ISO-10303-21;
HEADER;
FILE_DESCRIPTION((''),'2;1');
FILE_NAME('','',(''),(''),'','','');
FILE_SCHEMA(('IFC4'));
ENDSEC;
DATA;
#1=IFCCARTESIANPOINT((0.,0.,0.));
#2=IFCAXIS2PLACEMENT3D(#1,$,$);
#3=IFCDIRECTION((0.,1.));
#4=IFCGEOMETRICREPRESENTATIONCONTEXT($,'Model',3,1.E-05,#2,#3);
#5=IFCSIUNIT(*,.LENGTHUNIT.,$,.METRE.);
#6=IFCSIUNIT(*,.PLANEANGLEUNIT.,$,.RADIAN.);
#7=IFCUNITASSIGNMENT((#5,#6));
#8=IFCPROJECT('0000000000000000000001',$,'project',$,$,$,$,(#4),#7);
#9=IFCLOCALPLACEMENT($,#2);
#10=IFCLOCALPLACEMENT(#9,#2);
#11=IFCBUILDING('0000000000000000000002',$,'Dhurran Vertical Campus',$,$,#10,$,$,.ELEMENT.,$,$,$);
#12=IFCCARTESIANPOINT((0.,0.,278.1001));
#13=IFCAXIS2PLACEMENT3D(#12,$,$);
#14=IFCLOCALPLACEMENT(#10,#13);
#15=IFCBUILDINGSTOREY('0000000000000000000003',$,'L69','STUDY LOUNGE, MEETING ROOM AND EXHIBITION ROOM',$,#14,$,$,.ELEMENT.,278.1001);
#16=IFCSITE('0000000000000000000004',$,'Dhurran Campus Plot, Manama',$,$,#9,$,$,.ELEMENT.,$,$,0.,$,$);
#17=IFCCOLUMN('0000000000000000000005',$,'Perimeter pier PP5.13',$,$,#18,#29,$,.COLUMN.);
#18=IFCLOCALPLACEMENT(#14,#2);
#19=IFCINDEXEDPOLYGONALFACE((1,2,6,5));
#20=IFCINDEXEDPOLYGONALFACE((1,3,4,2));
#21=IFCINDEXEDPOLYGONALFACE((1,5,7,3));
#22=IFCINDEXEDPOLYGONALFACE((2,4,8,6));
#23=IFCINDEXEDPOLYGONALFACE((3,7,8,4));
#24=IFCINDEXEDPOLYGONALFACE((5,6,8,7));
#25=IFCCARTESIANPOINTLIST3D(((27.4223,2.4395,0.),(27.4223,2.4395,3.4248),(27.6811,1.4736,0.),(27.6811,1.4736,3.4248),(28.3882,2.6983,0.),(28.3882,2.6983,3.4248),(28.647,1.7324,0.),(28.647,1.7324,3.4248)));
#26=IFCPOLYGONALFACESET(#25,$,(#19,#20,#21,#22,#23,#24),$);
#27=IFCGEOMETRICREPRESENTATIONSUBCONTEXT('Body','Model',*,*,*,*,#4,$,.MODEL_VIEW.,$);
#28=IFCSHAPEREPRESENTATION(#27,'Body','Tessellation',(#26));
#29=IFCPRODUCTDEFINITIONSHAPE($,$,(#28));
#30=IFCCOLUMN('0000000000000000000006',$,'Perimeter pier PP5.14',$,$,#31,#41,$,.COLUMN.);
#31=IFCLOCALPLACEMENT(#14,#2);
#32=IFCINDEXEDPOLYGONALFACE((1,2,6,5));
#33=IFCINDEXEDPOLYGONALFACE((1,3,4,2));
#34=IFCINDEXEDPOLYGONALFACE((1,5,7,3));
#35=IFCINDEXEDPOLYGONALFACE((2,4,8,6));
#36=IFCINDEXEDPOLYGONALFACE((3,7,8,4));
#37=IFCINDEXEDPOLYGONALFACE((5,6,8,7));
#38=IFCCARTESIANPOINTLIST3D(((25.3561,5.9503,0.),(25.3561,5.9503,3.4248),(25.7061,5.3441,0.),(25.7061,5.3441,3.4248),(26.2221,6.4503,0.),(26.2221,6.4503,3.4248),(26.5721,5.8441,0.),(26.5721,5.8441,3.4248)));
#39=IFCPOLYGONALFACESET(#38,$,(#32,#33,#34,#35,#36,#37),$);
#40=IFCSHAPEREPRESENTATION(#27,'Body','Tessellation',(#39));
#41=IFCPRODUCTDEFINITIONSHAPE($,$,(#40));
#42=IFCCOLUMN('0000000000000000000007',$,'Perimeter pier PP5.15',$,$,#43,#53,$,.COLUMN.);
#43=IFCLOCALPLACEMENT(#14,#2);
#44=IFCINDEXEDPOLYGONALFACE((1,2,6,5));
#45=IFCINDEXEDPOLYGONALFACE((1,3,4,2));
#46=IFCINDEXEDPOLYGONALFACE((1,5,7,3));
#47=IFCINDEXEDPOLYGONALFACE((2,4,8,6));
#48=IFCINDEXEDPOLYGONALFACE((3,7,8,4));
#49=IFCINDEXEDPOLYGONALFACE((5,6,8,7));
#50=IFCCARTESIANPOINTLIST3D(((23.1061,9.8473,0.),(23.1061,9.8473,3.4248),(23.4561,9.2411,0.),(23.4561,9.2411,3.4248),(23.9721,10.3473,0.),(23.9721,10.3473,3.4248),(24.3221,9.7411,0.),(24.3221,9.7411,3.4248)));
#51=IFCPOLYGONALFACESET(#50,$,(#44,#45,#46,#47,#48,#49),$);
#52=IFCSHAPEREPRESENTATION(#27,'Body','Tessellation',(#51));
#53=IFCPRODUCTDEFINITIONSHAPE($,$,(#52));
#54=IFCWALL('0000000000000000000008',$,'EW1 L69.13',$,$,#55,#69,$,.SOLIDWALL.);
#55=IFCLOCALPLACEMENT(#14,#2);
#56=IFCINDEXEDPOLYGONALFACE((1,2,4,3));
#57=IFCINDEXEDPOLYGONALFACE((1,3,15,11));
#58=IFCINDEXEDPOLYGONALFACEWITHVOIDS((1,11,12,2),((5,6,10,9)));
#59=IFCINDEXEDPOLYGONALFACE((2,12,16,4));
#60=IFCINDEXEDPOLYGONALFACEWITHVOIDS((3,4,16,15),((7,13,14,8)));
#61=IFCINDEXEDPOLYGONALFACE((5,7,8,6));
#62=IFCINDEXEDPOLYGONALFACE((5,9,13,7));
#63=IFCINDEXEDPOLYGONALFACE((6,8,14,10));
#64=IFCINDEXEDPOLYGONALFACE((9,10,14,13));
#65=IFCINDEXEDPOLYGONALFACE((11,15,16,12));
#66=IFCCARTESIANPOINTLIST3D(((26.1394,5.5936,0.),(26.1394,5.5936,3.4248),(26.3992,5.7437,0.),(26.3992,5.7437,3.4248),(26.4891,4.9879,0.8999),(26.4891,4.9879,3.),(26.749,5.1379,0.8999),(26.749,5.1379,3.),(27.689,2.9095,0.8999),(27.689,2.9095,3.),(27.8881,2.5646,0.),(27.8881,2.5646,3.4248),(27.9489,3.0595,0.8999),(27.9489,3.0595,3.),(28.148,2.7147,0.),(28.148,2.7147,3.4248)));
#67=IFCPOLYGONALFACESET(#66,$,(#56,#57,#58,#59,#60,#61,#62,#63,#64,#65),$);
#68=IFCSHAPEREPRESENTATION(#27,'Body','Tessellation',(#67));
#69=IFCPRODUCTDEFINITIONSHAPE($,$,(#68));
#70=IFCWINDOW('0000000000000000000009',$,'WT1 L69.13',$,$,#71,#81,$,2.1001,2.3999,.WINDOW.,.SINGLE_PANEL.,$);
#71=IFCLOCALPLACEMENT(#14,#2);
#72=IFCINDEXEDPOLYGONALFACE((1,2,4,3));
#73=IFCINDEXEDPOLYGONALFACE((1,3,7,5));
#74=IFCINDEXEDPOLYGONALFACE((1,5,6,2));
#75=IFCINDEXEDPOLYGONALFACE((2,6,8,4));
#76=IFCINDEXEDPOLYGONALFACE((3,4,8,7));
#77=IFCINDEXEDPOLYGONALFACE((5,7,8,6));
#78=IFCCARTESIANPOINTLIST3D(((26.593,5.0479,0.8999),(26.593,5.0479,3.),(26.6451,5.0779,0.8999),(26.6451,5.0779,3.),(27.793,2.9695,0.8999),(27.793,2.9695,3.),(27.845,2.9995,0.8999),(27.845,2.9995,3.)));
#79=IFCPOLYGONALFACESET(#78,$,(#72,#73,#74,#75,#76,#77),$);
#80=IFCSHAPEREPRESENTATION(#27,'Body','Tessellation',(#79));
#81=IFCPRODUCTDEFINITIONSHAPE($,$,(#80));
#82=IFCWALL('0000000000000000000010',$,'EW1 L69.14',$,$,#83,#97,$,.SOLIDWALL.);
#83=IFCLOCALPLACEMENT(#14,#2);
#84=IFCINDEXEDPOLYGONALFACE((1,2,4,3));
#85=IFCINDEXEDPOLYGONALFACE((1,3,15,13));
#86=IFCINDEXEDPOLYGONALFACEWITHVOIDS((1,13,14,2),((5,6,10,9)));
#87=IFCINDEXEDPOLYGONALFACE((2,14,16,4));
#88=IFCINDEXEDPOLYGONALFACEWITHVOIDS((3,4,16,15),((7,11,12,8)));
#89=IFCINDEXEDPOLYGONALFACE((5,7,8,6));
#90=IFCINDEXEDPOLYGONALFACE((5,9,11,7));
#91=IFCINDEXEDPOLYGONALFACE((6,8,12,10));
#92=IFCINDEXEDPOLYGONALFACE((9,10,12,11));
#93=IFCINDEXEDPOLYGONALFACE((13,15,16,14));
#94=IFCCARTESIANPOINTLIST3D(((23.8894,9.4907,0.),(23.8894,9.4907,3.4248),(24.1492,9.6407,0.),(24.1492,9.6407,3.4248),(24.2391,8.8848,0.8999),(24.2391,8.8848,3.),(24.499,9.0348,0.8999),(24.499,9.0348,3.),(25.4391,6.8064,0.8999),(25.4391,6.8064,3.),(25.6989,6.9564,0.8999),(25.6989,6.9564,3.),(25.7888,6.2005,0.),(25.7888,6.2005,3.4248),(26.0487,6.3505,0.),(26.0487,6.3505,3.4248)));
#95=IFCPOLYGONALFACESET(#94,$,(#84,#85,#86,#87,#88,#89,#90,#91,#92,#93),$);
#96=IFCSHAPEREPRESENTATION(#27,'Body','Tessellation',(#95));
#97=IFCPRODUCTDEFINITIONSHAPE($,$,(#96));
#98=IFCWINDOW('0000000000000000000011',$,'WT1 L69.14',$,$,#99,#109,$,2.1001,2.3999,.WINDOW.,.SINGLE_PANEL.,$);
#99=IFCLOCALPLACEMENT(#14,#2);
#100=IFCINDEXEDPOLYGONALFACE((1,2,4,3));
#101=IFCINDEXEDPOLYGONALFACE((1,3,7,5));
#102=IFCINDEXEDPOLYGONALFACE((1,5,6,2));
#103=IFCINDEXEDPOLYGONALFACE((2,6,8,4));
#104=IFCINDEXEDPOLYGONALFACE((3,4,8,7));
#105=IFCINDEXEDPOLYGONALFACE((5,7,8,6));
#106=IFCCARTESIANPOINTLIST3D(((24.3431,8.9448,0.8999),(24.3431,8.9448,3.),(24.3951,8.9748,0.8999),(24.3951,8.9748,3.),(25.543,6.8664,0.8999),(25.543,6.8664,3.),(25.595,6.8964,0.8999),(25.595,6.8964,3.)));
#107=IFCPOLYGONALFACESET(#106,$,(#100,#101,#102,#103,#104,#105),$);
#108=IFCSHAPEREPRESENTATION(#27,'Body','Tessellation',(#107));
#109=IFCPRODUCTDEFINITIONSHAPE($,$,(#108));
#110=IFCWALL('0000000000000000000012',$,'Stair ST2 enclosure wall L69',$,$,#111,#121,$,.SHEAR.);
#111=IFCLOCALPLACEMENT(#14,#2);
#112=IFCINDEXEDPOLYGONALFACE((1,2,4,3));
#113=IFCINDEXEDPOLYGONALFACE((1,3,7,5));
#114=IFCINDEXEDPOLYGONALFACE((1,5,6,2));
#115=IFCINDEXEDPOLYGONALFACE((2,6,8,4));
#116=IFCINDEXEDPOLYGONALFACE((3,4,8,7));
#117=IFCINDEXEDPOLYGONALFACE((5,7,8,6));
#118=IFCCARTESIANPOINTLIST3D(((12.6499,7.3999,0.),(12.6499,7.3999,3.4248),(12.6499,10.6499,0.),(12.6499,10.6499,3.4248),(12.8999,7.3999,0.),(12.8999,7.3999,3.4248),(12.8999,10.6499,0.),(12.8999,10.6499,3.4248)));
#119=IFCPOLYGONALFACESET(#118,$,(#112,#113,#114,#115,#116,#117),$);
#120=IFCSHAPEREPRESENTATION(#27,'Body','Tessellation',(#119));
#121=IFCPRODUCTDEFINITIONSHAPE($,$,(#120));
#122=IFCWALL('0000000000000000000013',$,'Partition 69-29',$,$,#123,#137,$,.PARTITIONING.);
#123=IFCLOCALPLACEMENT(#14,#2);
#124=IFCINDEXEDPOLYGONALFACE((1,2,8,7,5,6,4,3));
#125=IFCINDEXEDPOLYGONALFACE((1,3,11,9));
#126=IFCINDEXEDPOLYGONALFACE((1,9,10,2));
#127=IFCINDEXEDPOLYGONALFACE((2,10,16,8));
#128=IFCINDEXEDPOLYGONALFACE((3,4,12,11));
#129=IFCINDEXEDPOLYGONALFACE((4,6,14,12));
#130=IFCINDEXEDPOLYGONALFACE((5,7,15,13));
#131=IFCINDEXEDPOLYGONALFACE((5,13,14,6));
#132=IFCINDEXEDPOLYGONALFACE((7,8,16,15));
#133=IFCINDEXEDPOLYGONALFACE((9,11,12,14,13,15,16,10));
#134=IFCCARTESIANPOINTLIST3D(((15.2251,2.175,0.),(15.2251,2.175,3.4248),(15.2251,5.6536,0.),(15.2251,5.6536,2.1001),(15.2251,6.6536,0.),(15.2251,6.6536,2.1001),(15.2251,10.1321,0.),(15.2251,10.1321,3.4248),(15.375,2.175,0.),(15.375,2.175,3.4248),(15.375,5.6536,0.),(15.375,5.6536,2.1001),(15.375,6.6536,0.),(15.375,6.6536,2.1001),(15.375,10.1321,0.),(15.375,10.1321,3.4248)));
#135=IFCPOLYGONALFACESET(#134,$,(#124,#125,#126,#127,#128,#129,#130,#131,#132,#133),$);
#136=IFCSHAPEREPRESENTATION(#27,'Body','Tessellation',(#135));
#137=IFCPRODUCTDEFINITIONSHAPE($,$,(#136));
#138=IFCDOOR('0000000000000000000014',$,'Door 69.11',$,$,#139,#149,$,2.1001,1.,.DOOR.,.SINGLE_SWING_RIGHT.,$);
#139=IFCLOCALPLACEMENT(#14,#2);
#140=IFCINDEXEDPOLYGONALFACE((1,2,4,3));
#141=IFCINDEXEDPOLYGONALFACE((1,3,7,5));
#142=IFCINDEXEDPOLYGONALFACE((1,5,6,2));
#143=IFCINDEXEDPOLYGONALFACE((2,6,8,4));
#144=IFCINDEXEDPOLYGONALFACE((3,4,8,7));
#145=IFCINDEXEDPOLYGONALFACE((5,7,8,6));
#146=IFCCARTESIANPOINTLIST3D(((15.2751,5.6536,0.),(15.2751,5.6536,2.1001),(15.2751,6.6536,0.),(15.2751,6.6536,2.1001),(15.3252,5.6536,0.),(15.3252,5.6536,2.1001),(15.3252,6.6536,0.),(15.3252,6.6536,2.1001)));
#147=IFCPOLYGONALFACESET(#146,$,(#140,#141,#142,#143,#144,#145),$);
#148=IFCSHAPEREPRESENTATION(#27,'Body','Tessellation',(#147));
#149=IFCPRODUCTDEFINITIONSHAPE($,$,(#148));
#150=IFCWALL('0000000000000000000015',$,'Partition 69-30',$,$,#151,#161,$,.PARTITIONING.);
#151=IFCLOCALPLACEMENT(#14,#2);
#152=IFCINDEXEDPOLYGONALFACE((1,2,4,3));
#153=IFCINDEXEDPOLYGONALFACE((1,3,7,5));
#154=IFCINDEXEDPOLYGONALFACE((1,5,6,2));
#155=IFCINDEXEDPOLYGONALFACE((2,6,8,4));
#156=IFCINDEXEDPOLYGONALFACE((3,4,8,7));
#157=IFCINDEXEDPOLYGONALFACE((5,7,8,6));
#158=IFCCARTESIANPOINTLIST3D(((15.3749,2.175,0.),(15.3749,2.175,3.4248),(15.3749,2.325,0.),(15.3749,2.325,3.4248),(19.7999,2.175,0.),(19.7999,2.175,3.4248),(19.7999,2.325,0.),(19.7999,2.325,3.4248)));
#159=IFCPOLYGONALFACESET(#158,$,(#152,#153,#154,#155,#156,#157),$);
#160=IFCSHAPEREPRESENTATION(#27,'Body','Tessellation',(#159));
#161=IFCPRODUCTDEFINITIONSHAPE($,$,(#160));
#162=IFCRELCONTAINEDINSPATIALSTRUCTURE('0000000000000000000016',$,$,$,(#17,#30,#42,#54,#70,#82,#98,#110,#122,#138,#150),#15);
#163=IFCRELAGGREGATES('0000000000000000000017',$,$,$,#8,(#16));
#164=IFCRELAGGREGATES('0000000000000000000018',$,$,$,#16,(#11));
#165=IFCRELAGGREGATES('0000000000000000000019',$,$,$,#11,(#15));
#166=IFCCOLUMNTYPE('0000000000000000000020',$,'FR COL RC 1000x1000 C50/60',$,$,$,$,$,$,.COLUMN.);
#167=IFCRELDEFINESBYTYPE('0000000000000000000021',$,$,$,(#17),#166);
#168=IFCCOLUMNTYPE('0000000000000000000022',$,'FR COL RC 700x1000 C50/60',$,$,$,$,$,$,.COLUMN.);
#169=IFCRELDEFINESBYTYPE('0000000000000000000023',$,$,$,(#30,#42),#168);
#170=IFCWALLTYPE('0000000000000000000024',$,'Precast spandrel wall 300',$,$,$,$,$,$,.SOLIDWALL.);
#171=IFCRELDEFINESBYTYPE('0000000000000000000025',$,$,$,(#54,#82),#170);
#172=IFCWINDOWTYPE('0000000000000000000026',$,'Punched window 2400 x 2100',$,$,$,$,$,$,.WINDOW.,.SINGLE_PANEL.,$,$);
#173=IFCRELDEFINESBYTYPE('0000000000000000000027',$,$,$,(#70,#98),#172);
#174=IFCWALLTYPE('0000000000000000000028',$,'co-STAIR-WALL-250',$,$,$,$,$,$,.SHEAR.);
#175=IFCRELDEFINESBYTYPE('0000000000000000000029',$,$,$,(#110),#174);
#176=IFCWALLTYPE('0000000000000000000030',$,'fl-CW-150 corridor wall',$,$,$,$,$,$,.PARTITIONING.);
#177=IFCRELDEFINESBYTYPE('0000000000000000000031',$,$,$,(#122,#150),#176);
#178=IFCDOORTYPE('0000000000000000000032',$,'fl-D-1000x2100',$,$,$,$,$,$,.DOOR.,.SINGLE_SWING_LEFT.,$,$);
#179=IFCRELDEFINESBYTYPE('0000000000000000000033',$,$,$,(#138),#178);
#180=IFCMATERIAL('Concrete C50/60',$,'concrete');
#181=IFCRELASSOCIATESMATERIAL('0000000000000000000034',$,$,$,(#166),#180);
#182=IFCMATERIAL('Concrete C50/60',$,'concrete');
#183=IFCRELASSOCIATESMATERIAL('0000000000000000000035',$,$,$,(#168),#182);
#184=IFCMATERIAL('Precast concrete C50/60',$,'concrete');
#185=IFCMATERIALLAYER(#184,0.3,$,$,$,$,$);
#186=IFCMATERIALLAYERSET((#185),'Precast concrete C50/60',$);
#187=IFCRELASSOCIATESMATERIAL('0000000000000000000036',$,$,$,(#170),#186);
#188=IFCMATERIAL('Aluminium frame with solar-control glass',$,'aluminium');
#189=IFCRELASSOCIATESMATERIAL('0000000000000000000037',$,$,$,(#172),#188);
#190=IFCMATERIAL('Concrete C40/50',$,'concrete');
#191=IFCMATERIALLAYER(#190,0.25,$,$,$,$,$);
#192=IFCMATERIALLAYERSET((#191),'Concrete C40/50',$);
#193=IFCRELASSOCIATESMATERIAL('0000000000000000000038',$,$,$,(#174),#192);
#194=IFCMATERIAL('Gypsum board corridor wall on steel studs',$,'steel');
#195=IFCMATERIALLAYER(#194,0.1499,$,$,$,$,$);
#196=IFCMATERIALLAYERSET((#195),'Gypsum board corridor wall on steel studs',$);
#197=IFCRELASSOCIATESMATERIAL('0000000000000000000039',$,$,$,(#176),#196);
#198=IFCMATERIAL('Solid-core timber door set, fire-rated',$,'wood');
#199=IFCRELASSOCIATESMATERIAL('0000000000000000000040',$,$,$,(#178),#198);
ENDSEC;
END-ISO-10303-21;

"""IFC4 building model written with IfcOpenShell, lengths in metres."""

from ifc_helpers import new_model, si_unit, direction, frame, frame_2d, origin, origin_2d, place, context, subcontext, project, spatial, rectangle, extrude, material, layer, layer_set, material_profile, profile_set, type_object, element, fill, save


model = new_model("IFC4")

# Units and contexts
model_context = context("Model", 3, precision=1e-05, world=origin(), true_north=direction((0.0, 1.0)))
body_context = subcontext(model_context, "Body", "Model", "MODEL_VIEW")
ifc_project = project(units=[si_unit("LENGTHUNIT", "METRE"), si_unit("PLANEANGLEUNIT", "RADIAN")], contexts=[model_context])

# Site, building, storey
site_placement = place(None, origin())
site = spatial("IfcSite", under=ifc_project, at=site_placement, Name="Dhurran Campus Plot, Manama", CompositionType="ELEMENT", RefElevation=0.0)
building_placement = place(site_placement, origin())
building = spatial("IfcBuilding", under=site, at=building_placement, Name="Dhurran Vertical Campus", CompositionType="ELEMENT")
storey_placement = place(building_placement, frame((0.0, 0.0, 278.1001)))
storey = spatial("IfcBuildingStorey", under=building, at=storey_placement, Name="L69", Description="STUDY LOUNGE, MEETING ROOM AND EXHIBITION ROOM", CompositionType="ELEMENT", Elevation=278.1001)

# Columns
ifc_material_1 = material(Name="Concrete C50/60", Category="concrete")
ifc_material_profile_1 = material_profile(ifc_material_1, rectangle(XDim=1.0, YDim=1.0, at=origin_2d()), Name="RC 1000x1000")
ifc_profile_set_1 = profile_set([ifc_material_profile_1], Name="Concrete C50/60")
column_type_1 = type_object("IfcColumnType", Name="FR COL RC 1000x1000 C50/60", PredefinedType="COLUMN", material=ifc_profile_set_1)
column_placement = place(storey_placement, frame((28.0347, 2.0859, 0.0), z_axis=(0.0, 0.0, 1.0), x_axis=(-0.258819, 0.965926, 0.0)))
element("IfcColumn", 1, at=column_placement, inside=storey, type_object=column_type_1, Name="Perimeter pier PP5.13", PredefinedType="COLUMN", context=body_context, shape_type="SweptSolid", body=[
    extrude(rectangle(XDim=1.0, YDim=1.0, at=origin_2d()), origin(), (0.0, 0.0, 1.0), 3.4248),
])
ifc_material_2 = material(Name="Concrete C50/60", Category="concrete")
ifc_material_profile_2 = material_profile(ifc_material_2, rectangle(XDim=0.7, YDim=1.0, at=origin_2d()), Name="RC 700x1000")
ifc_profile_set_2 = profile_set([ifc_material_profile_2], Name="Concrete C50/60")
column_type_2 = type_object("IfcColumnType", Name="FR COL RC 700x1000 C50/60", PredefinedType="COLUMN", material=ifc_profile_set_2)
for number, where, z_axis, x_axis, name in (
    (2, (25.9641, 5.8972, 0.0), (0.0, 0.0, 1.0), (-0.5, 0.866025, 0.0), "Perimeter pier PP5.14"),
    (3, (23.7141, 9.7942, 0.0), (0.0, 0.0, 1.0), (-0.5, 0.866025, 0.0), "Perimeter pier PP5.15"),
):
    element("IfcColumn", number, at=place(storey_placement, frame(where, z_axis=z_axis, x_axis=x_axis)), inside=storey, type_object=column_type_2, Name=name, PredefinedType="COLUMN", context=body_context, shape_type="SweptSolid", body=[
        extrude(rectangle(XDim=0.7, YDim=1.0, at=origin_2d()), origin(), (0.0, 0.0, 1.0), 3.4248),
    ])

# Walls, openings, windows
ifc_material_3 = material(Name="Precast concrete C50/60", Category="concrete")
ifc_layer_1 = layer(ifc_material_3, 0.3)
ifc_layer_set_1 = layer_set([ifc_layer_1], Name="Precast concrete C50/60")
wall_type_1 = type_object("IfcWallType", Name="Precast spandrel wall 300", PredefinedType="SOLIDWALL", material=ifc_layer_set_1)
wall_1_placement = place(storey_placement, frame((28.0181, 2.6396, 0.0), z_axis=(0.0, 0.0, 1.0), x_axis=(-0.49999, 0.866031, 0.0)))
wall_1 = element("IfcWall", 4, at=wall_1_placement, inside=storey, type_object=wall_type_1, Name="EW1 L69.13", PredefinedType="SOLIDWALL", context=body_context, shape_type="SweptSolid", body=[
    extrude(rectangle(XDim=3.4976, YDim=0.3, at=frame_2d((1.7488, 0.0))), origin(), (0.0, 0.0, 1.0), 3.4248),
])
opening_1_placement = place(wall_1_placement, frame((0.3982, 0.0, 0.8999)))
opening_1 = element("IfcOpeningElement", 5, at=opening_1_placement, cuts=wall_1, PredefinedType="OPENING", context=body_context, shape_type="SweptSolid", body=[
    extrude(rectangle(XDim=2.3999, YDim=2.1001, at=frame_2d((1.2, 1.05))), frame((0.0, 0.1599, 0.0), z_axis=(0.0, -1.0, 0.0), x_axis=(1.0, 0.0, 0.0)), (0.0, 0.0, 1.0), 0.3201),
])
ifc_material_4 = material(Name="Aluminium frame with solar-control glass", Category="aluminium")
window_type = type_object("IfcWindowType", Name="Punched window 2400 x 2100", PartitioningType="SINGLE_PANEL", PredefinedType="WINDOW", material=ifc_material_4)
window_1_placement = place(opening_1_placement, origin())
window_1 = element("IfcWindow", 6, at=window_1_placement, inside=storey, type_object=window_type, Name="WT1 L69.13", OverallHeight=2.1001, OverallWidth=2.3999, PartitioningType="SINGLE_PANEL", PredefinedType="WINDOW", context=body_context, shape_type="SweptSolid", body=[
    extrude(rectangle(XDim=2.3999, YDim=2.1001, at=frame_2d((1.2, 1.05))), frame((0.0, 0.03, 0.0), z_axis=(0.0, -1.0, 0.0), x_axis=(1.0, 0.0, 0.0)), (0.0, 0.0, 1.0), 0.0601),
])
fill(opening_1, window_1)
wall_2_placement = place(storey_placement, frame((25.9187, 6.2756, 0.0), z_axis=(0.0, 0.0, 1.0), x_axis=(-0.499982, 0.866036, 0.0)))
wall_2 = element("IfcWall", 7, at=wall_2_placement, inside=storey, type_object=wall_type_1, Name="EW1 L69.14", PredefinedType="SOLIDWALL", context=body_context, shape_type="SweptSolid", body=[
    extrude(rectangle(XDim=3.7991, YDim=0.3, at=frame_2d((1.8994, 0.0))), origin(), (0.0, 0.0, 1.0), 3.4248),
])
opening_2_placement = place(wall_2_placement, frame((0.6995, 0.0, 0.8999)))
opening_2 = element("IfcOpeningElement", 8, at=opening_2_placement, cuts=wall_2, PredefinedType="OPENING", context=body_context, shape_type="SweptSolid", body=[
    extrude(rectangle(XDim=2.3999, YDim=2.1001, at=frame_2d((1.2, 1.05))), frame((0.0, 0.1599, 0.0), z_axis=(0.0, -1.0, 0.0), x_axis=(1.0, 0.0, 0.0)), (0.0, 0.0, 1.0), 0.3201),
])
window_2_placement = place(opening_2_placement, origin())
window_2 = element("IfcWindow", 9, at=window_2_placement, inside=storey, type_object=window_type, Name="WT1 L69.14", OverallHeight=2.1001, OverallWidth=2.3999, PartitioningType="SINGLE_PANEL", PredefinedType="WINDOW", context=body_context, shape_type="SweptSolid", body=[
    extrude(rectangle(XDim=2.3999, YDim=2.1001, at=frame_2d((1.2, 1.05))), frame((0.0, 0.03, 0.0), z_axis=(0.0, -1.0, 0.0), x_axis=(1.0, 0.0, 0.0)), (0.0, 0.0, 1.0), 0.0601),
])
fill(opening_2, window_2)

# Wall
ifc_material_5 = material(Name="Concrete C40/50", Category="concrete")
ifc_layer_2 = layer(ifc_material_5, 0.25)
ifc_layer_set_2 = layer_set([ifc_layer_2], Name="Concrete C40/50")
wall_type_2 = type_object("IfcWallType", Name="co-STAIR-WALL-250", PredefinedType="SHEAR", material=ifc_layer_set_2)
wall_3_placement = place(storey_placement, frame((12.7749, 7.3999, 0.0), z_axis=(0.0, 0.0, 1.0), x_axis=(0.0, 1.0, 0.0)))
element("IfcWall", 10, at=wall_3_placement, inside=storey, type_object=wall_type_2, Name="Stair ST2 enclosure wall L69", PredefinedType="SHEAR", context=body_context, shape_type="SweptSolid", body=[
    extrude(rectangle(XDim=3.25, YDim=0.25, at=frame_2d((1.625, 0.0))), origin(), (0.0, 0.0, 1.0), 3.4248),
])

# Wall, opening, door
ifc_material_6 = material(Name="Gypsum board corridor wall on steel studs", Category="steel")
ifc_layer_3 = layer(ifc_material_6, 0.1499)
ifc_layer_set_3 = layer_set([ifc_layer_3], Name="Gypsum board corridor wall on steel studs")
wall_type_3 = type_object("IfcWallType", Name="fl-CW-150 corridor wall", PredefinedType="PARTITIONING", material=ifc_layer_set_3)
wall_4_placement = place(storey_placement, frame((15.3, 2.175, 0.0), z_axis=(0.0, 0.0, 1.0), x_axis=(0.0, 1.0, 0.0)))
wall_4 = element("IfcWall", 11, at=wall_4_placement, inside=storey, type_object=wall_type_3, Name="Partition 69-29", PredefinedType="PARTITIONING", context=body_context, shape_type="SweptSolid", body=[
    extrude(rectangle(XDim=7.957, YDim=0.1499, at=frame_2d((3.9785, 0.0))), origin(), (0.0, 0.0, 1.0), 3.4248),
])
opening_3_placement = place(wall_4_placement, frame((3.4785, 0.0, 0.0)))
opening_3 = element("IfcOpeningElement", 12, at=opening_3_placement, cuts=wall_4, PredefinedType="OPENING", context=body_context, shape_type="SweptSolid", body=[
    extrude(rectangle(XDim=1.0, YDim=2.1001, at=frame_2d((0.5, 1.05))), frame((0.0, 0.085, 0.0), z_axis=(0.0, -1.0, 0.0), x_axis=(1.0, 0.0, 0.0)), (0.0, 0.0, 1.0), 0.1699),
])
ifc_material_7 = material(Name="Solid-core timber door set, fire-rated", Category="wood")
door_type = type_object("IfcDoorType", Name="fl-D-1000x2100", OperationType="SINGLE_SWING_LEFT", PredefinedType="DOOR", material=ifc_material_7)
door_1_placement = place(opening_3_placement, origin())
door_1 = element("IfcDoor", 13, at=door_1_placement, inside=storey, type_object=door_type, Name="Door 69.11", OperationType="SINGLE_SWING_RIGHT", OverallHeight=2.1001, OverallWidth=1.0, PredefinedType="DOOR", context=body_context, shape_type="SweptSolid", body=[
    extrude(rectangle(XDim=1.0, YDim=2.1001, at=frame_2d((0.5, 1.05))), frame((0.0, 0.0249, 0.0), z_axis=(0.0, -1.0, 0.0), x_axis=(1.0, 0.0, 0.0)), (0.0, 0.0, 1.0), 0.05),
])
fill(opening_3, door_1)

# Wall
wall_5_placement = place(storey_placement, frame((15.375, 2.25, 0.0), z_axis=(0.0, 0.0, 1.0), x_axis=(1.0, 0.0, 0.0)))
element("IfcWall", 14, at=wall_5_placement, inside=storey, type_object=wall_type_3, Name="Partition 69-30", PredefinedType="PARTITIONING", context=body_context, shape_type="SweptSolid", body=[
    extrude(rectangle(XDim=4.425, YDim=0.1499, at=frame_2d((2.2124, 0.0))), origin(), (0.0, 0.0, 1.0), 3.4248),
])

save(model, "model.ifc")
